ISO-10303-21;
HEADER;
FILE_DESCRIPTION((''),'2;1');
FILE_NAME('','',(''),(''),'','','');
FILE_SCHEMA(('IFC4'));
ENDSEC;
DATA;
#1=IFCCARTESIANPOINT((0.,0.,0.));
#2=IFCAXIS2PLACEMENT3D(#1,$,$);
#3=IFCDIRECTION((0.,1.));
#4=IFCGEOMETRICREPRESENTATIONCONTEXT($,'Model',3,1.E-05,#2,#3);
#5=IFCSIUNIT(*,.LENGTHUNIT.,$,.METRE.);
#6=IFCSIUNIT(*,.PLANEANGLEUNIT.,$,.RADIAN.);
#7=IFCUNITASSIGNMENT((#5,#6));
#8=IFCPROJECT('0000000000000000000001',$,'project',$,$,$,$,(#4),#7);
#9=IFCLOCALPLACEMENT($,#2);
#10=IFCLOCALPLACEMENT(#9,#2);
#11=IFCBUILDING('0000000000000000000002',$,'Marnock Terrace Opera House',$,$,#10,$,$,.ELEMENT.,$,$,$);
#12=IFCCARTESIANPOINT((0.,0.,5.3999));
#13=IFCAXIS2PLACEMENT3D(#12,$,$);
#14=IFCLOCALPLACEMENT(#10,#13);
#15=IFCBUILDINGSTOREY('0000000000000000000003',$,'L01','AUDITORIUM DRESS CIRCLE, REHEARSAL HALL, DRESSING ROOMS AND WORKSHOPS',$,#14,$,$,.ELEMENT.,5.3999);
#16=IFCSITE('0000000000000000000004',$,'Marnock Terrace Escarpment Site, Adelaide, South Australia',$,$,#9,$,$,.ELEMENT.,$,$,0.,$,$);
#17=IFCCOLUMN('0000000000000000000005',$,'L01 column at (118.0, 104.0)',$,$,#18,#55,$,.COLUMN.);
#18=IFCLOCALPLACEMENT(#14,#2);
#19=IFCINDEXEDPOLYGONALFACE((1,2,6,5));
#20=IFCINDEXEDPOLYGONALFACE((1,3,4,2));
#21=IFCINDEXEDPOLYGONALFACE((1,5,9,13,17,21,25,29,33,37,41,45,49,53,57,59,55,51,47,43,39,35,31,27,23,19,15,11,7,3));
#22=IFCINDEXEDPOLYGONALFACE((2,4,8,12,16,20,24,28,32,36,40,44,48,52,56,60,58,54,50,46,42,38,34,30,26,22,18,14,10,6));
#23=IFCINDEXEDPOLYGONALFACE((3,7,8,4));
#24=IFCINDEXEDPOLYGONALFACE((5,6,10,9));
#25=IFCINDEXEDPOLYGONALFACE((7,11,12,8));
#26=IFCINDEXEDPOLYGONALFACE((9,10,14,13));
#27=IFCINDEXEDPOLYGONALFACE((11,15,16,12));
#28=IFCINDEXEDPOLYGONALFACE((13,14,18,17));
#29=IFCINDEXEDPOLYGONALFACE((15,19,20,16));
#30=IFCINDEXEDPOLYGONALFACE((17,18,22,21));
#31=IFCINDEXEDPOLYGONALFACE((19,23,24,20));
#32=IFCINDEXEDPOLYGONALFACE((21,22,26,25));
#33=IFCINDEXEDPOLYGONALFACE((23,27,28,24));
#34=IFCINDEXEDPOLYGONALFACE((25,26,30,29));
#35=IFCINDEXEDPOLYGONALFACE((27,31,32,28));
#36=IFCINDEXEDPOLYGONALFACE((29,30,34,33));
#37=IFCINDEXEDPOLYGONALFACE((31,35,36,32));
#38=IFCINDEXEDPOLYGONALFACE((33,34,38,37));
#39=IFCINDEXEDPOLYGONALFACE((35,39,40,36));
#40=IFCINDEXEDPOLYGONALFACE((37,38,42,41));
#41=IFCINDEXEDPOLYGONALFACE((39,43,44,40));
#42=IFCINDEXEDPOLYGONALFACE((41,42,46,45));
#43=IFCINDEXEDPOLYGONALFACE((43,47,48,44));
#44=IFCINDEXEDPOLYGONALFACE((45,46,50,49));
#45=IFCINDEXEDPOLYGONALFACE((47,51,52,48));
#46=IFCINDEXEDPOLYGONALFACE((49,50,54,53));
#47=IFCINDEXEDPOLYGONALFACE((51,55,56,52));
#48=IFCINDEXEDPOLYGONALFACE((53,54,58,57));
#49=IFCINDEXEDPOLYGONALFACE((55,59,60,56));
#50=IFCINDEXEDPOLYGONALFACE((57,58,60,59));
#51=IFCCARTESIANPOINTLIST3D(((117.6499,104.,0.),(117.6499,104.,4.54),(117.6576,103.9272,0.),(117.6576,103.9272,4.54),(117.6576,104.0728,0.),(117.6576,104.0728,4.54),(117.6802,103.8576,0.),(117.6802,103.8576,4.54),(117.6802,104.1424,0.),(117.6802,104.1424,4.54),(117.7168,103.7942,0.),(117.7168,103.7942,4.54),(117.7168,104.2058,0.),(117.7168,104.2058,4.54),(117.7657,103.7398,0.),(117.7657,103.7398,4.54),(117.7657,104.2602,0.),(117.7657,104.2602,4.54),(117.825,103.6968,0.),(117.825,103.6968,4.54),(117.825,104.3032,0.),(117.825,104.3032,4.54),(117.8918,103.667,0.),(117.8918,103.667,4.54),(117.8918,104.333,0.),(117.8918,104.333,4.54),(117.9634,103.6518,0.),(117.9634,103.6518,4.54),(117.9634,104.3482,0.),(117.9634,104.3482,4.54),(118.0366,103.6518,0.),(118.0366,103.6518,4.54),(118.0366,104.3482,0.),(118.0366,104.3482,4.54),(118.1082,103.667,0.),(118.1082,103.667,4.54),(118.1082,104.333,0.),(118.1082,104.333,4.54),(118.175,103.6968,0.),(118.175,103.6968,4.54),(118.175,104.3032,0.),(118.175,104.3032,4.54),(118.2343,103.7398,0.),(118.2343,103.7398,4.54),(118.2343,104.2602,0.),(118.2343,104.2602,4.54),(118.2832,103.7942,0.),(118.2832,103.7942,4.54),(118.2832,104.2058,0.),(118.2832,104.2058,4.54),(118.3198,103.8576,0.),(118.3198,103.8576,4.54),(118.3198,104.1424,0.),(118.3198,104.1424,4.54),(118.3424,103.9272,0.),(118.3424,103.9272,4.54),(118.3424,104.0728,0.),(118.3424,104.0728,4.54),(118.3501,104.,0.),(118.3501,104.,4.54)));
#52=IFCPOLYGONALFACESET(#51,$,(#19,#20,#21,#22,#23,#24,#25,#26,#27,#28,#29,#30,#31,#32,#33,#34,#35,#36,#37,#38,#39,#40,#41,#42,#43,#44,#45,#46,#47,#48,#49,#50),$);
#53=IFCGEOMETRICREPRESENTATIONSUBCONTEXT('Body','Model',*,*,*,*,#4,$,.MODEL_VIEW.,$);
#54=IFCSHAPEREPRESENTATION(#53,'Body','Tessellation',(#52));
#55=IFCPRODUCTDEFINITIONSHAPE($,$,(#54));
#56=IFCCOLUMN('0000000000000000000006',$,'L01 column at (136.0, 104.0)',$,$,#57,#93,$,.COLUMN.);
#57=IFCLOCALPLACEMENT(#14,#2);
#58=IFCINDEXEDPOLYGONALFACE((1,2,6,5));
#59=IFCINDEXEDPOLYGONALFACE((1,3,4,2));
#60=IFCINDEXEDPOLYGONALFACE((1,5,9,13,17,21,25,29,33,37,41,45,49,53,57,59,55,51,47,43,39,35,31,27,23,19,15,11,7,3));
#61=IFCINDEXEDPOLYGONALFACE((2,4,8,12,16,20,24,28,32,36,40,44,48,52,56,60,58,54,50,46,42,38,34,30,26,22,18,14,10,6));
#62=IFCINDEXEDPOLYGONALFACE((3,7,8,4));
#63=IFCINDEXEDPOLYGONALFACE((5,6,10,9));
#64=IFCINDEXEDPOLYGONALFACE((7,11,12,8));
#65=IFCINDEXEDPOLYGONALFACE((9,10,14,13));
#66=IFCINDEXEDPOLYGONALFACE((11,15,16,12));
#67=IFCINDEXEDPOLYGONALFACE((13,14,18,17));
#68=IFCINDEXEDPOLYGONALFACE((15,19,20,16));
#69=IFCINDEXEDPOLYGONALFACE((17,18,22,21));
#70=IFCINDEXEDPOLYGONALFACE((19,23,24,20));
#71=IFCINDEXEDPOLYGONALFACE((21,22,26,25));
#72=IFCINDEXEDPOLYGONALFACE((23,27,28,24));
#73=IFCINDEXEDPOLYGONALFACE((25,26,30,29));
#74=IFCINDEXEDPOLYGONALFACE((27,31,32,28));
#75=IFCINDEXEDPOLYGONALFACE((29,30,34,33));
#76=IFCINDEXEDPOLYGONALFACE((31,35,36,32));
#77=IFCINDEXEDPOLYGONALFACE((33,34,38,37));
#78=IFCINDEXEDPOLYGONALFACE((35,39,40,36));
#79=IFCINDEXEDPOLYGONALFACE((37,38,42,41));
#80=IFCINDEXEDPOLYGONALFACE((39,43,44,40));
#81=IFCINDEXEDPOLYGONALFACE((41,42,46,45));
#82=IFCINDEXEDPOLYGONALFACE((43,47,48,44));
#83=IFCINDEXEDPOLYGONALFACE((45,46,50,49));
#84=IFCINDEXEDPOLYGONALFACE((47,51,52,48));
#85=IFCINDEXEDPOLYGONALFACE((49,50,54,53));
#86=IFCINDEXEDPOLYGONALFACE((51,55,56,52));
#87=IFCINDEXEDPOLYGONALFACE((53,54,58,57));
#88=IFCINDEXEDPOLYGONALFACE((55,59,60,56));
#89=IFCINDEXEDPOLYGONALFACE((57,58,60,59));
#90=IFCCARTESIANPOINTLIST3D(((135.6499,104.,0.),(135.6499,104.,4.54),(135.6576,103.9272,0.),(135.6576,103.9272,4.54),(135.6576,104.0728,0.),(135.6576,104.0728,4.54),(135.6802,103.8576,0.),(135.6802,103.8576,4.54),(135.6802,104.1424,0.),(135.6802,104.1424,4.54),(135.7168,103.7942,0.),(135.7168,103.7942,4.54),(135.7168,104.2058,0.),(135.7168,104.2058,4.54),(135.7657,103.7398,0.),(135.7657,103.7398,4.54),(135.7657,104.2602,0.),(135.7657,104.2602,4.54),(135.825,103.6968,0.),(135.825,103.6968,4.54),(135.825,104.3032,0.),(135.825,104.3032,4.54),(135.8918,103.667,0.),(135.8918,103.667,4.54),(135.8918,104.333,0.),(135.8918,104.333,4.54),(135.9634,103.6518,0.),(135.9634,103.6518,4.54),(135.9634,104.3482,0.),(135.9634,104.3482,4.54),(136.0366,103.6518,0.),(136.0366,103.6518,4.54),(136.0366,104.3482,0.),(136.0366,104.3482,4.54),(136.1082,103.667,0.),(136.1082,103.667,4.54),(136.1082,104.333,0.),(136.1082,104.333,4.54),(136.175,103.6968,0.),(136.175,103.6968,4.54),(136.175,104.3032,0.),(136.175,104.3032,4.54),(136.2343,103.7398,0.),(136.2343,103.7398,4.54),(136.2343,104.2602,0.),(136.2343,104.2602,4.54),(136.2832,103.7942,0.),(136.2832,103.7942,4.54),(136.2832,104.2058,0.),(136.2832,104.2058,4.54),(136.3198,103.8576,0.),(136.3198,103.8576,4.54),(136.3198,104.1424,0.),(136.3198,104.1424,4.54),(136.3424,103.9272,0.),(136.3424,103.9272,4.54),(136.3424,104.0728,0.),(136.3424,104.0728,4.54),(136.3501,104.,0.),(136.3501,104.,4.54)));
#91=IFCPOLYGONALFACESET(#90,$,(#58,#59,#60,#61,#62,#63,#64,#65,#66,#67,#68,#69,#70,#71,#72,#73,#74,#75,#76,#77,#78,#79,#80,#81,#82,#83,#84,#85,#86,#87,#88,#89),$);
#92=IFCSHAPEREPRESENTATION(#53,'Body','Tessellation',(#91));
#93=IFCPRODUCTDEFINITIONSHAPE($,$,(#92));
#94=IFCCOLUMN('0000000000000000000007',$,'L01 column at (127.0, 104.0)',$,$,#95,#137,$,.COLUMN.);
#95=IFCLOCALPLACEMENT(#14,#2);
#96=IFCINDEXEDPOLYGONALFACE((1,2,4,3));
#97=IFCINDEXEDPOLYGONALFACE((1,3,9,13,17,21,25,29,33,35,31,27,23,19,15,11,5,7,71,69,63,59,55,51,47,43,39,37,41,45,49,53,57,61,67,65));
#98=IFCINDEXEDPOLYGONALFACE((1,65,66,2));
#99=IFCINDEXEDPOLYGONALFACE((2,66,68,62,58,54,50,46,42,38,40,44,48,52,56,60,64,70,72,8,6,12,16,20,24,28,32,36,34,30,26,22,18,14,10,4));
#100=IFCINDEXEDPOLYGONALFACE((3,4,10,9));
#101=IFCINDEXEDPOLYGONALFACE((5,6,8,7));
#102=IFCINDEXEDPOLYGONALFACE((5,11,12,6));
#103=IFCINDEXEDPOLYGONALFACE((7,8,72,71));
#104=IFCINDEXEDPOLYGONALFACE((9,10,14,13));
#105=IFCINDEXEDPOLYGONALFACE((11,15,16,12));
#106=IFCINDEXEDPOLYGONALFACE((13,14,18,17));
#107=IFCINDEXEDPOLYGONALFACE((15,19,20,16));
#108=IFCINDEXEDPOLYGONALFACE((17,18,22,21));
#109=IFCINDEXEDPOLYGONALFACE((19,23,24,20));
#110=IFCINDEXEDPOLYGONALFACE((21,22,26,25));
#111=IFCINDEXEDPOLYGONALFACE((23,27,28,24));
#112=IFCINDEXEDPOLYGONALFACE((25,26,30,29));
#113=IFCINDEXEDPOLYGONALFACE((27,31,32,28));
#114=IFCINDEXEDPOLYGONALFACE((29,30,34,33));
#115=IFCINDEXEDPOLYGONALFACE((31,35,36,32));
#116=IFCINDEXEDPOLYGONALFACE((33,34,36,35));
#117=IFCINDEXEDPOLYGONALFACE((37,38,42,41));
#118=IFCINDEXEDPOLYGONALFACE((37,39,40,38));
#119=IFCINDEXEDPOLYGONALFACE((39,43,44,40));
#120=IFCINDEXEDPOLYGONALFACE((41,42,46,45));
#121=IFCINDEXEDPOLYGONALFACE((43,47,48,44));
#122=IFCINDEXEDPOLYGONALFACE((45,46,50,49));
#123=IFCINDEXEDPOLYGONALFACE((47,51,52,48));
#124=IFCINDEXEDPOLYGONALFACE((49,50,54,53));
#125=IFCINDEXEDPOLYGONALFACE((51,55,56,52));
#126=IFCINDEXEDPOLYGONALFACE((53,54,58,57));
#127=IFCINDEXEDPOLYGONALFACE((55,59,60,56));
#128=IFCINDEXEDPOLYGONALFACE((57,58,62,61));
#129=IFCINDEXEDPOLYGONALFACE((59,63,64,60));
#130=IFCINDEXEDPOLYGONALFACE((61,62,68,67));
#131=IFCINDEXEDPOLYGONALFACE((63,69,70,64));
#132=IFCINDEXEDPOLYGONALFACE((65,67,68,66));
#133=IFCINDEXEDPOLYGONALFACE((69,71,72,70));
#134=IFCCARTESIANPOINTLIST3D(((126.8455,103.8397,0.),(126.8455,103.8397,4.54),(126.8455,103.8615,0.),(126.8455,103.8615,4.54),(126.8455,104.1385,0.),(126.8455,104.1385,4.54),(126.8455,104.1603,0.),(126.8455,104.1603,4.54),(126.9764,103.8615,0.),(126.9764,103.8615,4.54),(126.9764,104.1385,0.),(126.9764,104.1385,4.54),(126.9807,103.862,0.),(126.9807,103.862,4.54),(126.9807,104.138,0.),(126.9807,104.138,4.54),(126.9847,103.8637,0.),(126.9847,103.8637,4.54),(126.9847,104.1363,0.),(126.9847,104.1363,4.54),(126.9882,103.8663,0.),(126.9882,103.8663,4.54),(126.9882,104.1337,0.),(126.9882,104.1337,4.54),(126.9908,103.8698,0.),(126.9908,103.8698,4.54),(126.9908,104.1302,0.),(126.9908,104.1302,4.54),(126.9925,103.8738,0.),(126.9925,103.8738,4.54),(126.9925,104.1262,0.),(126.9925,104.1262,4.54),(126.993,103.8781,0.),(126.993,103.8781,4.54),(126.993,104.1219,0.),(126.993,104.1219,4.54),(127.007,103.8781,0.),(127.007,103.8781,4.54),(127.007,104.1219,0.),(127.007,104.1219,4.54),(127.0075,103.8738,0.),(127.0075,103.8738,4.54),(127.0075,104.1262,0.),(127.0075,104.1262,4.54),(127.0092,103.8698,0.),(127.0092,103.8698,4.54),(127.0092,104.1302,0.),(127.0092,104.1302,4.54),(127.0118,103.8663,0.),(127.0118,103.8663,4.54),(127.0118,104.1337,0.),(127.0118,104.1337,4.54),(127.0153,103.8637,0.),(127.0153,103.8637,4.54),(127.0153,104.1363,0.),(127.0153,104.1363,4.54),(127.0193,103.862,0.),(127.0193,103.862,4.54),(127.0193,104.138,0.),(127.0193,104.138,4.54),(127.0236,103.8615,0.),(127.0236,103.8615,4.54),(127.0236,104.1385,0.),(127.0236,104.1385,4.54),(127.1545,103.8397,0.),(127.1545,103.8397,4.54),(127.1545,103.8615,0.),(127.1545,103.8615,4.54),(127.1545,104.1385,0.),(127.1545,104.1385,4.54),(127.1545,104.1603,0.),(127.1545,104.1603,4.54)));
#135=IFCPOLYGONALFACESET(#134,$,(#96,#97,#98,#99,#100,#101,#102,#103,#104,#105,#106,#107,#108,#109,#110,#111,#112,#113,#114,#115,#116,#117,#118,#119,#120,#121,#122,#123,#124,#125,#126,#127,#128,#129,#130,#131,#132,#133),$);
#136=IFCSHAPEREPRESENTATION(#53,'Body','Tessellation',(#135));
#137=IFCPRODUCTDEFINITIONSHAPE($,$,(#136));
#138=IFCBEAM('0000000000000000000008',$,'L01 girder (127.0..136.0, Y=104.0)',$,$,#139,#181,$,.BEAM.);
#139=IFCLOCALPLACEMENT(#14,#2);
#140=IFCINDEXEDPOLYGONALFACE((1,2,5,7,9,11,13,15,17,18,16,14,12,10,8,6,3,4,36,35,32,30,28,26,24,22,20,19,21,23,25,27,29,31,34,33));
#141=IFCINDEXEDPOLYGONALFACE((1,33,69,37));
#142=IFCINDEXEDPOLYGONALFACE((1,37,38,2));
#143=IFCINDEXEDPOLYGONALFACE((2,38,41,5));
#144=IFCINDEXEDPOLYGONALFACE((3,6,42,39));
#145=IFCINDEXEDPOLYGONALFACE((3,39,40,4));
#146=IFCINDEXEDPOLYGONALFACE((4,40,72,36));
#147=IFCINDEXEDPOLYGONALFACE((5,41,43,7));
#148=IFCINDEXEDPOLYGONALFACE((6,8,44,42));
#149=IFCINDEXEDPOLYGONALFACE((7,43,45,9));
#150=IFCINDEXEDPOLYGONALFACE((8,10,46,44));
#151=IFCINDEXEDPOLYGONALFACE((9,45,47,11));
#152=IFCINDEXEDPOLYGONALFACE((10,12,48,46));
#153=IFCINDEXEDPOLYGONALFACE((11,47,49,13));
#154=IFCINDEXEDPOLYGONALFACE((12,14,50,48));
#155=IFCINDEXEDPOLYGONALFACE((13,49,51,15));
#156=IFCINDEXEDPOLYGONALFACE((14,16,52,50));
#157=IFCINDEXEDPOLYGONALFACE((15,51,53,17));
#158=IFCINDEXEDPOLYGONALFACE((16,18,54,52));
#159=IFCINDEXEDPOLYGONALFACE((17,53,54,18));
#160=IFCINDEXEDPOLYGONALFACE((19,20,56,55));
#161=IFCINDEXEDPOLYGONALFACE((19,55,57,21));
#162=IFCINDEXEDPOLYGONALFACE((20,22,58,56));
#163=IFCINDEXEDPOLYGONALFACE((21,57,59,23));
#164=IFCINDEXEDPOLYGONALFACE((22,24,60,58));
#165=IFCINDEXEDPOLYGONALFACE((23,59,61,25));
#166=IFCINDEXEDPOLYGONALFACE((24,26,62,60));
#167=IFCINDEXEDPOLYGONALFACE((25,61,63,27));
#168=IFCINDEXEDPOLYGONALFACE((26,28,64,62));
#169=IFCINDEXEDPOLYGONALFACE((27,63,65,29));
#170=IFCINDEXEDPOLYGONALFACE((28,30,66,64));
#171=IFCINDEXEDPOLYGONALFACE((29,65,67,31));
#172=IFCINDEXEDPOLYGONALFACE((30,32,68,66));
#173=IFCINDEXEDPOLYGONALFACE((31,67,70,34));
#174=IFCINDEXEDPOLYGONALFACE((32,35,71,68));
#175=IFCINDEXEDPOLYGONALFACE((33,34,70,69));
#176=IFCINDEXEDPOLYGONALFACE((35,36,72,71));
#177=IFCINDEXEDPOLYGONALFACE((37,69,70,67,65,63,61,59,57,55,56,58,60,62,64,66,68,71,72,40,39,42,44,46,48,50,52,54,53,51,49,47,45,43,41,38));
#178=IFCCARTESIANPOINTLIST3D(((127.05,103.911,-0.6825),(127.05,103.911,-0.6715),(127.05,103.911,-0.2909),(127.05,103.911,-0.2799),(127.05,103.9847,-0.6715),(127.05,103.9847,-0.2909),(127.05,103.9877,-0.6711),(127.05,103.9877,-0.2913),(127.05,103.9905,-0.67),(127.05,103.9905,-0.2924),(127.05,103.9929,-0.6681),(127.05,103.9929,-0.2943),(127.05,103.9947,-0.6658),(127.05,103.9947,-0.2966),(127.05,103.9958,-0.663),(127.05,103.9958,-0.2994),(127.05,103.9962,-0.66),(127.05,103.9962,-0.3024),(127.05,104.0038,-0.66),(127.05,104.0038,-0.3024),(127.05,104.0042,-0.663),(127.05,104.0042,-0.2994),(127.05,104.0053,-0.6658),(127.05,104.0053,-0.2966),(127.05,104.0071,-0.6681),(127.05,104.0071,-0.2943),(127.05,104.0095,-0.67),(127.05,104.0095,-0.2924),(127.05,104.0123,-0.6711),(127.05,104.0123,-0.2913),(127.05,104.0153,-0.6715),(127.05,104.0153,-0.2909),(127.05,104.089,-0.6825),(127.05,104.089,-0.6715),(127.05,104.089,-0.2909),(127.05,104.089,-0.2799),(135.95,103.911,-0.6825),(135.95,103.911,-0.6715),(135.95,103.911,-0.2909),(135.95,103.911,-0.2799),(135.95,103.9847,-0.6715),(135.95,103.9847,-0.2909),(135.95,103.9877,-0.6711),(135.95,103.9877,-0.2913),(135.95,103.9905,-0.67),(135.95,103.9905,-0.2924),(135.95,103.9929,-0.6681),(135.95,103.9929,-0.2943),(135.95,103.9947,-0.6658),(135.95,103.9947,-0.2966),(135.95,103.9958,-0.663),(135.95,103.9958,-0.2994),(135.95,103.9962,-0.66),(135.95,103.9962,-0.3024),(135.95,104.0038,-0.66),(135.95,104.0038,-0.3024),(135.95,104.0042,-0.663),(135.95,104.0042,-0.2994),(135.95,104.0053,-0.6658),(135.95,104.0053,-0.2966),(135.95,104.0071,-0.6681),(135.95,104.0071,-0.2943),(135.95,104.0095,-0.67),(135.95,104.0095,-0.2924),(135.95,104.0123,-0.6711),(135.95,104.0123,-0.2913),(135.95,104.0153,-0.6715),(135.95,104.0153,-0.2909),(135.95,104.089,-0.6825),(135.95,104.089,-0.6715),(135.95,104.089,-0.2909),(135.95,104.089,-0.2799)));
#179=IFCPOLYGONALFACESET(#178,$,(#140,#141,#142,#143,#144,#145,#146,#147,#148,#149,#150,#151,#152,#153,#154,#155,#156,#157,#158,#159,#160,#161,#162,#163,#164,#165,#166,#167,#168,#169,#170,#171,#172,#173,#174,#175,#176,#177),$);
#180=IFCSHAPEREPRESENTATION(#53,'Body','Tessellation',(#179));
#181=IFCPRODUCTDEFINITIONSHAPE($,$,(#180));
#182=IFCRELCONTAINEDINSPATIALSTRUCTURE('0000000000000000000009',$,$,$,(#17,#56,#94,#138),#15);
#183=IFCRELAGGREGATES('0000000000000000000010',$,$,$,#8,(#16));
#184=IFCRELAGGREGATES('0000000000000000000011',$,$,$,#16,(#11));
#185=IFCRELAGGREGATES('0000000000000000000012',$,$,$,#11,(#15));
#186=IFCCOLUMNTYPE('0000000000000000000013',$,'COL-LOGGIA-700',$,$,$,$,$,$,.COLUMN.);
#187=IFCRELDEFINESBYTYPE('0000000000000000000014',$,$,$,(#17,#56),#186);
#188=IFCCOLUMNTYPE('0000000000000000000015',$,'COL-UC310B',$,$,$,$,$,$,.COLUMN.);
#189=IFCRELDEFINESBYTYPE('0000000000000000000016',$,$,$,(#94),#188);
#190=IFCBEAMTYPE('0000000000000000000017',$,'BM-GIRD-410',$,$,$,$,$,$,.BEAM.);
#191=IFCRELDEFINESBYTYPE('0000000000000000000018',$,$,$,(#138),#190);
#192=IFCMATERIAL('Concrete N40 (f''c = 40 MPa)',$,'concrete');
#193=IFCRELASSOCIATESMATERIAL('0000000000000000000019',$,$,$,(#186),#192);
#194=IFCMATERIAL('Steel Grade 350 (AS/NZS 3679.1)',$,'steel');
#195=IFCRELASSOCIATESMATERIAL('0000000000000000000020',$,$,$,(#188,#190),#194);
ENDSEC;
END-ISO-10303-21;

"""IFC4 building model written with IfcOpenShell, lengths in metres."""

from ifc_helpers import new_model, si_unit, direction, frame, origin, origin_2d, place, context, subcontext, project, spatial, circle, i_section, extrude, material, material_profile, profile_set, type_object, element, save


model = new_model("IFC4")

# Units and contexts
model_context = context("Model", 3, precision=1e-05, world=origin(), true_north=direction((0.0, 1.0)))
body_context = subcontext(model_context, "Body", "Model", "MODEL_VIEW")
ifc_project = project(units=[si_unit("LENGTHUNIT", "METRE"), si_unit("PLANEANGLEUNIT", "RADIAN")], contexts=[model_context])

# Site, building, storey
site_placement = place(None, origin())
site = spatial("IfcSite", under=ifc_project, at=site_placement, Name="Marnock Terrace Escarpment Site, Adelaide, South Australia", CompositionType="ELEMENT", RefElevation=0.0)
building_placement = place(site_placement, origin())
building = spatial("IfcBuilding", under=site, at=building_placement, Name="Marnock Terrace Opera House", CompositionType="ELEMENT")
storey_placement = place(building_placement, frame((0.0, 0.0, 5.3999)))
storey = spatial("IfcBuildingStorey", under=building, at=storey_placement, Name="L01", Description="AUDITORIUM DRESS CIRCLE, REHEARSAL HALL, DRESSING ROOMS AND WORKSHOPS", CompositionType="ELEMENT", Elevation=5.3999)

# Columns
ifc_material_1 = material(Name="Concrete N40 (f'c = 40 MPa)", Category="concrete")
ifc_material_profile_1 = material_profile(ifc_material_1, circle(Radius=0.3501, at=origin_2d()))
ifc_profile_set_1 = profile_set([ifc_material_profile_1], Name="Concrete N40 (f'c = 40 MPa)")
column_type_1 = type_object("IfcColumnType", Name="COL-LOGGIA-700", PredefinedType="COLUMN", material=ifc_profile_set_1)
for number, where, z_axis, x_axis, name in (
    (1, (118.0, 104.0, 0.0), (0.0, 0.0, 1.0), (1.0, 0.0, 0.0), "L01 column at (118.0, 104.0)"),
    (2, (136.0, 104.0, 0.0), (0.0, 0.0, 1.0), (1.0, 0.0, 0.0), "L01 column at (136.0, 104.0)"),
):
    element("IfcColumn", number, at=place(storey_placement, frame(where, z_axis=z_axis, x_axis=x_axis)), inside=storey, type_object=column_type_1, Name=name, PredefinedType="COLUMN", context=body_context, shape_type="SweptSolid", body=[
        extrude(circle(Radius=0.3501, at=origin_2d()), origin(), (0.0, 0.0, 1.0), 4.54),
    ])
ifc_material_2 = material(Name="Steel Grade 350 (AS/NZS 3679.1)", Category="steel")
ifc_material_profile_2 = material_profile(ifc_material_2, i_section(OverallWidth=0.3091, OverallDepth=0.3206, WebThickness=0.0139, FlangeThickness=0.0217, FilletRadius=0.0166, at=origin_2d()))
ifc_profile_set_2 = profile_set([ifc_material_profile_2], Name="Steel Grade 350 (AS/NZS 3679.1)")
column_type_2 = type_object("IfcColumnType", Name="COL-UC310B", PredefinedType="COLUMN", material=ifc_profile_set_2)
column_placement = place(storey_placement, frame((127.0, 104.0, 0.0), z_axis=(0.0, 0.0, 1.0), x_axis=(1.0, 0.0, 0.0)))
element("IfcColumn", 3, at=column_placement, inside=storey, type_object=column_type_2, Name="L01 column at (127.0, 104.0)", PredefinedType="COLUMN", context=body_context, shape_type="SweptSolid", body=[
    extrude(i_section(OverallWidth=0.3091, OverallDepth=0.3206, WebThickness=0.0139, FlangeThickness=0.0217, FilletRadius=0.0166, at=origin_2d()), origin(), (0.0, 0.0, 1.0), 4.54),
])

# Beam
ifc_material_profile_3 = material_profile(ifc_material_2, i_section(OverallWidth=0.178, OverallDepth=0.4026, WebThickness=0.0076, FlangeThickness=0.011, FilletRadius=0.0115, at=origin_2d()))
ifc_profile_set_3 = profile_set([ifc_material_profile_3], Name="Steel Grade 350 (AS/NZS 3679.1)")
beam_type_1 = type_object("IfcBeamType", Name="BM-GIRD-410", PredefinedType="BEAM", material=ifc_profile_set_3)
beam_1_placement = place(storey_placement, frame((127.05, 104.0, -0.4812), z_axis=(1.0, 0.0, 0.0), x_axis=(0.0, 1.0, 0.0)))
element("IfcBeam", 4, at=beam_1_placement, inside=storey, type_object=beam_type_1, Name="L01 girder (127.0..136.0, Y=104.0)", PredefinedType="BEAM", context=body_context, shape_type="SweptSolid", body=[
    extrude(i_section(OverallWidth=0.178, OverallDepth=0.4026, WebThickness=0.0076, FlangeThickness=0.011, FilletRadius=0.0115, at=origin_2d()), origin(), (0.0, 0.0, 1.0), 8.8999),
])

save(model, "model.ifc")
